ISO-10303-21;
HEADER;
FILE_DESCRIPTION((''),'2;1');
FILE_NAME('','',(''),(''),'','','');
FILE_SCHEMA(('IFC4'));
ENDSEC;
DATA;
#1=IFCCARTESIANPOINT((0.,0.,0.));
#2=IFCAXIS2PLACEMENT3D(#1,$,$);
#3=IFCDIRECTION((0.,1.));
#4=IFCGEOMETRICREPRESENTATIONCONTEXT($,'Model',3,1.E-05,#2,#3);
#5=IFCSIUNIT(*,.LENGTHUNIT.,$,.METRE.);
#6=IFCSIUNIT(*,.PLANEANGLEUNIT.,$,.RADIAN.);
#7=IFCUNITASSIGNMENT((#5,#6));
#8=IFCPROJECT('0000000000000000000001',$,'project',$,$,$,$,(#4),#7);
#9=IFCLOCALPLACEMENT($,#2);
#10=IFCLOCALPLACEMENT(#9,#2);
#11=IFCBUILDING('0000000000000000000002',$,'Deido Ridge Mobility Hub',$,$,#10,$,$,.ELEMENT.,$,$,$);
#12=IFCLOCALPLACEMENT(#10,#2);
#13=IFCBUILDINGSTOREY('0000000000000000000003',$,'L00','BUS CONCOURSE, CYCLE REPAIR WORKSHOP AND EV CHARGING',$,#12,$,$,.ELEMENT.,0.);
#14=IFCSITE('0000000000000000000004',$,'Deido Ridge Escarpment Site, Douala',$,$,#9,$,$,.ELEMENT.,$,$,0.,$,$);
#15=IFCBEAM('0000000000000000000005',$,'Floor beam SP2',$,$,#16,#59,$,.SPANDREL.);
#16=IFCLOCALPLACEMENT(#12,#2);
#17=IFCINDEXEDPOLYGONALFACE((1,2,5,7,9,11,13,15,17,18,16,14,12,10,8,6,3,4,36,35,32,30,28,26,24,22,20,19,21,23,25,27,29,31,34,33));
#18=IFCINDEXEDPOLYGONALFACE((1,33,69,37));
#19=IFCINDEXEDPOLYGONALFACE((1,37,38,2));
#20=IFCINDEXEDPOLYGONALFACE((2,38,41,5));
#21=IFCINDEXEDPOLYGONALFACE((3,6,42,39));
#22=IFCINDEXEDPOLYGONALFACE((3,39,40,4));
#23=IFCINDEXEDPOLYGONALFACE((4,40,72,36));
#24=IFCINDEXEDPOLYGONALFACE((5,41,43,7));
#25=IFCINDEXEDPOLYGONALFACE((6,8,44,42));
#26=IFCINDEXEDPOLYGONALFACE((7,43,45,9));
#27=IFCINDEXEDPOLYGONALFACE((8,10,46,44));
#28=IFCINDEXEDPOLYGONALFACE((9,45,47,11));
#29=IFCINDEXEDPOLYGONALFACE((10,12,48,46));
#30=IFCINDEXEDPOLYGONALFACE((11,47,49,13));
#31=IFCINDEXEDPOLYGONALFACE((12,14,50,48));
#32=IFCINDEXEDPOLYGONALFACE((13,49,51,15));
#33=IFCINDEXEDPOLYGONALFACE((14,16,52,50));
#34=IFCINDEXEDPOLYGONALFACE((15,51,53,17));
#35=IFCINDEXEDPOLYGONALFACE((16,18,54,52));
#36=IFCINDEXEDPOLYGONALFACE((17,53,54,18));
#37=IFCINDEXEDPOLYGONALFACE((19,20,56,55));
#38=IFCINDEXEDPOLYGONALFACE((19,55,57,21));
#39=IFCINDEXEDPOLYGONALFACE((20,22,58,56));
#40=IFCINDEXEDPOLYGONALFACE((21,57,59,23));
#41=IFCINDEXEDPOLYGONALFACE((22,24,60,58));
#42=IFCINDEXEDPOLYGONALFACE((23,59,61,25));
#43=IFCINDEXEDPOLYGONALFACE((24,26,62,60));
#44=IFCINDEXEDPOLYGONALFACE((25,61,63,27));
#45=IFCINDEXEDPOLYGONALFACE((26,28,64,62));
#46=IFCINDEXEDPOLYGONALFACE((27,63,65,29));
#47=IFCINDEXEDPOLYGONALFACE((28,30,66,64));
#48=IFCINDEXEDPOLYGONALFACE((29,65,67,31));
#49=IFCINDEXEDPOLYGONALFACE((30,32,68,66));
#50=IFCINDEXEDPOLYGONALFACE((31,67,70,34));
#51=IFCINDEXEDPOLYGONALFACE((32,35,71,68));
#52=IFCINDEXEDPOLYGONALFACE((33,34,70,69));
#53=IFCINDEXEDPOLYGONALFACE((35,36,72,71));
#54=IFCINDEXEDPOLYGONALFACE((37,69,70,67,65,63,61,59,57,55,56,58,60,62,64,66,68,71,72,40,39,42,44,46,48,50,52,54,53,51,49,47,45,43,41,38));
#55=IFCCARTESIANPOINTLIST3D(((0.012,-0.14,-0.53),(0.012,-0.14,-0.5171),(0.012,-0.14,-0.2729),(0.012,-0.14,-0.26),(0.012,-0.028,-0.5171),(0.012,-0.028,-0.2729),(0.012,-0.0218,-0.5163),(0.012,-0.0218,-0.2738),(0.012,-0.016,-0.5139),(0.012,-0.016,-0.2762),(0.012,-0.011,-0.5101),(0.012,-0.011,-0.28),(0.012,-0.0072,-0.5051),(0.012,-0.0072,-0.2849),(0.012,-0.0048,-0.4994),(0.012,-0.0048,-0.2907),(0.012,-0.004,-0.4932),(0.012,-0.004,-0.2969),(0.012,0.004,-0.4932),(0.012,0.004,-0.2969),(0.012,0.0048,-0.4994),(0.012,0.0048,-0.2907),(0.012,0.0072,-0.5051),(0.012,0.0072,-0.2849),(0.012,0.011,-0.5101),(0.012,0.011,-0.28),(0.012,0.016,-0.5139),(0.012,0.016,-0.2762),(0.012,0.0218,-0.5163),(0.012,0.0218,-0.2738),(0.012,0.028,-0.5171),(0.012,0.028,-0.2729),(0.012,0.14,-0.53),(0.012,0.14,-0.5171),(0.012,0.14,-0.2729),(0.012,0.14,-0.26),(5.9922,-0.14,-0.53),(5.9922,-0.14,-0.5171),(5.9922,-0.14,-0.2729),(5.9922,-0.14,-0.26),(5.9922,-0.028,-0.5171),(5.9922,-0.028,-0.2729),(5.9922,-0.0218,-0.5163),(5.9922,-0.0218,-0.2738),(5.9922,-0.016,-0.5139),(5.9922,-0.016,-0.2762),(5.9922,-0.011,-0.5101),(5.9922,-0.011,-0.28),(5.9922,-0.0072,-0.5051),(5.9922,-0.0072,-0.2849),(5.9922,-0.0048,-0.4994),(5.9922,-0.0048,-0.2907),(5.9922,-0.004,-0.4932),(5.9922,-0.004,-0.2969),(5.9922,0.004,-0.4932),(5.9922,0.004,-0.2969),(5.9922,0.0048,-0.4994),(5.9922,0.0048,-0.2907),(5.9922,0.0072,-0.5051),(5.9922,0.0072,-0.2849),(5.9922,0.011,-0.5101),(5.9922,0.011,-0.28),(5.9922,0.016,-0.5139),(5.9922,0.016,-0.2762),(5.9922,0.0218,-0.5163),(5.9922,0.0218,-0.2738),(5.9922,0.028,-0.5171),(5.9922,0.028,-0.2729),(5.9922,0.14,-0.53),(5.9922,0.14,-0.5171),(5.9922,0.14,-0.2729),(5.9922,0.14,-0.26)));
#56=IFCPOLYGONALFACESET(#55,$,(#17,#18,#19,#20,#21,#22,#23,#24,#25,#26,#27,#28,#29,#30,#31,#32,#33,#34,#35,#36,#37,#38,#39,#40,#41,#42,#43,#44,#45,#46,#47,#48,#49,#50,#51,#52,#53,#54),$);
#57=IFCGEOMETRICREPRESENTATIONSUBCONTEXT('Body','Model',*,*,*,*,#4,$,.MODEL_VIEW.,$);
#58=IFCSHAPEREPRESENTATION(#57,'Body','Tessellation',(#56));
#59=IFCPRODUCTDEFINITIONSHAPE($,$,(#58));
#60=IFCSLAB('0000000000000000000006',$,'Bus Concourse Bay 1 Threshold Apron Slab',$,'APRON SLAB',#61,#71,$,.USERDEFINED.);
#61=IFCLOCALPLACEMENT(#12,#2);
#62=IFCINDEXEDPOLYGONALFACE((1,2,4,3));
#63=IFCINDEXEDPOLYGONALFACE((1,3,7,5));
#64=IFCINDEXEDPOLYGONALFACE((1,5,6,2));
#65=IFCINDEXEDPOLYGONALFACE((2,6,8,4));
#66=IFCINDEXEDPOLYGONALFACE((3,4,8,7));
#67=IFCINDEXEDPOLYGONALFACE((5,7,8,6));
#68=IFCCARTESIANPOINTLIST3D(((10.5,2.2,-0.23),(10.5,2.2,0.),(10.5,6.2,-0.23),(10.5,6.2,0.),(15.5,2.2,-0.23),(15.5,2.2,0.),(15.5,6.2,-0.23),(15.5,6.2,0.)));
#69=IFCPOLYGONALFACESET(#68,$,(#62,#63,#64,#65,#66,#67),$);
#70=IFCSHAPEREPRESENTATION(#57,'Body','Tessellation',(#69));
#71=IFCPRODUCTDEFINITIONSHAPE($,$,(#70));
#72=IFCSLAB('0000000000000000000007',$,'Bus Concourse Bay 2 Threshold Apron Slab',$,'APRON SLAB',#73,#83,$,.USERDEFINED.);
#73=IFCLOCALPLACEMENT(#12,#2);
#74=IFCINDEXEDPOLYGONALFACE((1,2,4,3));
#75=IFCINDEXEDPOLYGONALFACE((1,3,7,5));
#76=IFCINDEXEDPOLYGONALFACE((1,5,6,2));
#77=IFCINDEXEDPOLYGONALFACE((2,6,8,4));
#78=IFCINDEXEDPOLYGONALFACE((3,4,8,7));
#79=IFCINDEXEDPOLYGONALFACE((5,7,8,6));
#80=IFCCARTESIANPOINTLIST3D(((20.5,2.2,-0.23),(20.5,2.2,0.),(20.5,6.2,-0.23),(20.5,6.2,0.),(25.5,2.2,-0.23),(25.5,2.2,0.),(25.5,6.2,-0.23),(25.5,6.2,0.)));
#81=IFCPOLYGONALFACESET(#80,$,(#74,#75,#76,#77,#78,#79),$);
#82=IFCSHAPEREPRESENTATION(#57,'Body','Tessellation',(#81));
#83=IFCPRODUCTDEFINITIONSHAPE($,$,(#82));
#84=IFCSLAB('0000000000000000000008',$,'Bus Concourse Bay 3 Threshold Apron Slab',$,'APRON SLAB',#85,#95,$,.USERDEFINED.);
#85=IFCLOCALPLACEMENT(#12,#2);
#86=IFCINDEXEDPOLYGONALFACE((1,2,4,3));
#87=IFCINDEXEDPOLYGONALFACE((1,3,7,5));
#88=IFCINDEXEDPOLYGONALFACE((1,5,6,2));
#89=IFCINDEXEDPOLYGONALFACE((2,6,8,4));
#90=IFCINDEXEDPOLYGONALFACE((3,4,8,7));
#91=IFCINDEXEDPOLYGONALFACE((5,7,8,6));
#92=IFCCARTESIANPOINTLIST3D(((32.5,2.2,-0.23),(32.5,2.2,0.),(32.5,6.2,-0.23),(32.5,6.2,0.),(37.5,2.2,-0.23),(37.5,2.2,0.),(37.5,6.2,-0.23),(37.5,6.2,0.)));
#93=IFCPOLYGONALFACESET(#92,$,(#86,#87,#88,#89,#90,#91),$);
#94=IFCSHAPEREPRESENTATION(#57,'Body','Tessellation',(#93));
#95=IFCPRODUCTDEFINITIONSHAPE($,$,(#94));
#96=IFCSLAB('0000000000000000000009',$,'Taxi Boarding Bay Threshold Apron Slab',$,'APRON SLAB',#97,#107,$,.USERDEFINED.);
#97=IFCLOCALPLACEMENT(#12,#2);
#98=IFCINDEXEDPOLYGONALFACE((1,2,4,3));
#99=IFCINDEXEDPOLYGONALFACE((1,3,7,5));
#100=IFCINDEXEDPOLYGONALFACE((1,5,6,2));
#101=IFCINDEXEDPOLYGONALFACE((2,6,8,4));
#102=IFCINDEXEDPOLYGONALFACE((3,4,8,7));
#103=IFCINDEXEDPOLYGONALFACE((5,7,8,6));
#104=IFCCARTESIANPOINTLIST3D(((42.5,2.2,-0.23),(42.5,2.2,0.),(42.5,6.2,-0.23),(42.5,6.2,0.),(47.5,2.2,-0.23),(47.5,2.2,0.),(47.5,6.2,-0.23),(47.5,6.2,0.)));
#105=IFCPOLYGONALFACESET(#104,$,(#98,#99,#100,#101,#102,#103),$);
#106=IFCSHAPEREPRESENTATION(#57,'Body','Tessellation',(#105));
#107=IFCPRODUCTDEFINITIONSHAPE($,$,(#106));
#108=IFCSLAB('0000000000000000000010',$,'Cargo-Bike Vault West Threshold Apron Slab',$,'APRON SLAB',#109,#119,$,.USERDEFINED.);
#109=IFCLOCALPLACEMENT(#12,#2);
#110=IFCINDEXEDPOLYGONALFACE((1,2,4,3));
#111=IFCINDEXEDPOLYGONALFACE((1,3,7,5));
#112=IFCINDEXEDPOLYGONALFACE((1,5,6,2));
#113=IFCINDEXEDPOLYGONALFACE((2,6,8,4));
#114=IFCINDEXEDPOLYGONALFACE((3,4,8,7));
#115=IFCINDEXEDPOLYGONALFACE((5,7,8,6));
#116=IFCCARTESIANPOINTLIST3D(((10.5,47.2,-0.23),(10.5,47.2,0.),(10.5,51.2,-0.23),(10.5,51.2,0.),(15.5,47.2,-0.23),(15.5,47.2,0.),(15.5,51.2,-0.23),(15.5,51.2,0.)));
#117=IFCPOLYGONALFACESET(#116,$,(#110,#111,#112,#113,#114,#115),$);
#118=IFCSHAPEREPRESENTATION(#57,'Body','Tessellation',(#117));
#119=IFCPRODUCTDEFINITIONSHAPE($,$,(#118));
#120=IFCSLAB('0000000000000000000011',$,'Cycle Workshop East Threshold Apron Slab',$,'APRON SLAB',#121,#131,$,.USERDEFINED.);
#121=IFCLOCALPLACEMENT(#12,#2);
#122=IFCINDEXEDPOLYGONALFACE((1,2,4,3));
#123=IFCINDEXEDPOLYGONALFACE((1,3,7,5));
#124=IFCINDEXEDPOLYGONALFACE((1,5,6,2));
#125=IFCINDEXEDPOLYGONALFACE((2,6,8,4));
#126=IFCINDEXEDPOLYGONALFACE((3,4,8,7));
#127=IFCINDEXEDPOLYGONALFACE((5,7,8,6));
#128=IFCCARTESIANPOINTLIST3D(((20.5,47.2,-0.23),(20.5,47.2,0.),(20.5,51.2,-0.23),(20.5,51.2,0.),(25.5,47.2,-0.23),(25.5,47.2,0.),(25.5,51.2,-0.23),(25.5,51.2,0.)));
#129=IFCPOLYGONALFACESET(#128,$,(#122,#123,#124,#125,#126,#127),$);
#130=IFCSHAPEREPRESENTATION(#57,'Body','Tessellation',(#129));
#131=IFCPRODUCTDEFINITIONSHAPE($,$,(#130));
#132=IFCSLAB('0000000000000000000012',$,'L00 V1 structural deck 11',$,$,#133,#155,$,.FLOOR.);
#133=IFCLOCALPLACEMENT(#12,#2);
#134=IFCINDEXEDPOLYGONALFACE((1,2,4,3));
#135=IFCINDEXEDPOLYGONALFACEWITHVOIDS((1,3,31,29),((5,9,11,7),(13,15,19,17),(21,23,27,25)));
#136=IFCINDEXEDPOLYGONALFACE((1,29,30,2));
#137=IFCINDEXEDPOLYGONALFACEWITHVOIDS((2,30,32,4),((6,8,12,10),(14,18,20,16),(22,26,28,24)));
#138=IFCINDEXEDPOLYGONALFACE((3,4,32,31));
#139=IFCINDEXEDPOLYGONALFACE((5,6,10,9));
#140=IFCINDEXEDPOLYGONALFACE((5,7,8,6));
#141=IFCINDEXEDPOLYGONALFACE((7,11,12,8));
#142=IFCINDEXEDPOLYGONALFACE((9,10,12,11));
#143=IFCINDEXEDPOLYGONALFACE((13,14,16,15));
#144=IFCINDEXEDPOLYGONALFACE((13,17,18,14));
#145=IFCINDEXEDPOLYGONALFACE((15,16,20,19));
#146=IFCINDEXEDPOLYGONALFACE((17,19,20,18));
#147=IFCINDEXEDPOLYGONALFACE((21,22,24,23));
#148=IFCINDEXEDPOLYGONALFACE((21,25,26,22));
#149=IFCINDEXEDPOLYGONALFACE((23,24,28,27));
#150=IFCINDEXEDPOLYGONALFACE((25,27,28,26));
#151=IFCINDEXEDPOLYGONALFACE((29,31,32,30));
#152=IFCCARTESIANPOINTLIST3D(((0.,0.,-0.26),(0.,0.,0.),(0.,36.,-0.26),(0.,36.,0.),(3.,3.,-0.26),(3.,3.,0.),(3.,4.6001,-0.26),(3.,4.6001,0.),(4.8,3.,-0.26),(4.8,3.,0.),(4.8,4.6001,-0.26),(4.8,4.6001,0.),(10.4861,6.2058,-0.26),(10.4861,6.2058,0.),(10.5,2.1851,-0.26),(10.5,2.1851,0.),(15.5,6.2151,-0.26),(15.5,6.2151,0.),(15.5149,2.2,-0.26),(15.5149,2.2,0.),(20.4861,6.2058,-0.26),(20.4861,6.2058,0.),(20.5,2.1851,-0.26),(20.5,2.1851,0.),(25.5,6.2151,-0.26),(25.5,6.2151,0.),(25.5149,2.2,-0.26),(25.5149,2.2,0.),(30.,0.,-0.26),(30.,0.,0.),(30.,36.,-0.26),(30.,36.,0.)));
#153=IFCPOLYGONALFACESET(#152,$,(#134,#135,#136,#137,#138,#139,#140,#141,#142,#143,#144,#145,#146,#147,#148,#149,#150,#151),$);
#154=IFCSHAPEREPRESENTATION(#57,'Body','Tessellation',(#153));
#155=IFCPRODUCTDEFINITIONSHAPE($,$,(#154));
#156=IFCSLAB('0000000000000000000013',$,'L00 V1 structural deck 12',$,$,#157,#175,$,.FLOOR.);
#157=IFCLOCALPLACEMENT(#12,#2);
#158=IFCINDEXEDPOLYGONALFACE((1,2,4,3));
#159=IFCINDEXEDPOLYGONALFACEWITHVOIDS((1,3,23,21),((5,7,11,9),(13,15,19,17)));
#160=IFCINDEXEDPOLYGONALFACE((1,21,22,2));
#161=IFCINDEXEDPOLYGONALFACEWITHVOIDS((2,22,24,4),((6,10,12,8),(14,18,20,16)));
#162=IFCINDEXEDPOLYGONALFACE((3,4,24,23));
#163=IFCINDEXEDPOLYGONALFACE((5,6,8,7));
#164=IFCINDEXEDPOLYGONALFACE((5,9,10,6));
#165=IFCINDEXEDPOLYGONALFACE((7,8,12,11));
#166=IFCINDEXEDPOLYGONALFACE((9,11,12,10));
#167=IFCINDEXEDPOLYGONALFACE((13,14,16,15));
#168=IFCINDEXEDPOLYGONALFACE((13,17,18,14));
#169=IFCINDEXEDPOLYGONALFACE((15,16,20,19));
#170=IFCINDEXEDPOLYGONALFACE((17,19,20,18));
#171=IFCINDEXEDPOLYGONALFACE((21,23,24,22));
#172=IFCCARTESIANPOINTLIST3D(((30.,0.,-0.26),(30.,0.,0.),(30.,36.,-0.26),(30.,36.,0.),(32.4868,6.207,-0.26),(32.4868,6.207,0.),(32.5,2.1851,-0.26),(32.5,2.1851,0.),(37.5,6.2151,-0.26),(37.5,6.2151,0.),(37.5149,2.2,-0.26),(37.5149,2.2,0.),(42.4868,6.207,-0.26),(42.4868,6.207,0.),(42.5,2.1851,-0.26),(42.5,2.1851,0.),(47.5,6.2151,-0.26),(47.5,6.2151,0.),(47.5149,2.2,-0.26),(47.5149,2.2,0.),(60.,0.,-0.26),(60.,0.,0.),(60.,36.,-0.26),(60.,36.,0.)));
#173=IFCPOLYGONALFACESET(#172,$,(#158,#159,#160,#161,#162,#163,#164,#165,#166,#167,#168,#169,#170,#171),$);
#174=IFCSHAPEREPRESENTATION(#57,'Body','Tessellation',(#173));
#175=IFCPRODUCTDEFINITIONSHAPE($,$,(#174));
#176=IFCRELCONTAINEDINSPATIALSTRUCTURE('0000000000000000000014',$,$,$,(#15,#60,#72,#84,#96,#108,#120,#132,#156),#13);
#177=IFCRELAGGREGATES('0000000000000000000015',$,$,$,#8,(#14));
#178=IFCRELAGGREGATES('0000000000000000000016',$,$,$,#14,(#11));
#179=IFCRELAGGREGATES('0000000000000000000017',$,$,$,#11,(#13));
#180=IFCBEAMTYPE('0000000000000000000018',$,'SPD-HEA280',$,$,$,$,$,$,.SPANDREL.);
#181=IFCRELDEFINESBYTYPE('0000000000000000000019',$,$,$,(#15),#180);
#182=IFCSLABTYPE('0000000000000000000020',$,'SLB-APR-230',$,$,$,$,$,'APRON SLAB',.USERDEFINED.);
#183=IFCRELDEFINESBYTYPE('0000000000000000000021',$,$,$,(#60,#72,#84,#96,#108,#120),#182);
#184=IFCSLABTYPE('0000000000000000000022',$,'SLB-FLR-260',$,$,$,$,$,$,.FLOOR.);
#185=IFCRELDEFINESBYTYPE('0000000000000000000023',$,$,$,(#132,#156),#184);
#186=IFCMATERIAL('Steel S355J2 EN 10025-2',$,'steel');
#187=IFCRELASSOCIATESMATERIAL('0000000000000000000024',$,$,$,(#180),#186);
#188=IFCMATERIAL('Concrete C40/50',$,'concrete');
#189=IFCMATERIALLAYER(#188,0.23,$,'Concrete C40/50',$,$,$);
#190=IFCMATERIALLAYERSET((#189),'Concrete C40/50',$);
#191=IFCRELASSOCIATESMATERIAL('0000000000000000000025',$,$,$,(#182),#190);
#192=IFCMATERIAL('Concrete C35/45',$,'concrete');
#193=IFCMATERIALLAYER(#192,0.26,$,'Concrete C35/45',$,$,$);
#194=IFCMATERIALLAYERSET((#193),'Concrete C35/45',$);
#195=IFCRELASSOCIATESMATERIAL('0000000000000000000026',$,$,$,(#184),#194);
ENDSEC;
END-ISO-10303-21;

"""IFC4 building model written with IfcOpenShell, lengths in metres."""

from ifc_helpers import new_model, si_unit, direction, frame, origin, origin_2d, place, context, subcontext, project, spatial, polyline, i_section, outline, extrude, material, layer, layer_set, material_profile, profile_set, type_object, element, save


model = new_model("IFC4")

# Units and contexts
model_context = context("Model", 3, precision=1e-05, world=origin(), true_north=direction((0.0, 1.0)))
body_context = subcontext(model_context, "Body", "Model", "MODEL_VIEW")
ifc_project = project(units=[si_unit("LENGTHUNIT", "METRE"), si_unit("PLANEANGLEUNIT", "RADIAN")], contexts=[model_context])

# Site, building, storey
site_placement = place(None, origin())
site = spatial("IfcSite", under=ifc_project, at=site_placement, Name="Deido Ridge Escarpment Site, Douala", CompositionType="ELEMENT", RefElevation=0.0)
building_placement = place(site_placement, origin())
building = spatial("IfcBuilding", under=site, at=building_placement, Name="Deido Ridge Mobility Hub", CompositionType="ELEMENT")
storey_placement = place(building_placement, origin())
storey = spatial("IfcBuildingStorey", under=building, at=storey_placement, Name="L00", Description="BUS CONCOURSE, CYCLE REPAIR WORKSHOP AND EV CHARGING", CompositionType="ELEMENT", Elevation=0.0)

# Shared definitions
ifc_material_1 = material(Name="Steel S355J2 EN 10025-2", Category="steel")

# Beam
ifc_material_profile_1 = material_profile(ifc_material_1, i_section(OverallWidth=0.28, OverallDepth=0.27, WebThickness=0.0081, FlangeThickness=0.0129, FilletRadius=0.0239, at=origin_2d()), Name="HEA 280")
ifc_profile_set_1 = profile_set([ifc_material_profile_1], Name="Steel S355J2 EN 10025-2")
beam_type_1 = type_object("IfcBeamType", Name="SPD-HEA280", PredefinedType="SPANDREL", material=ifc_profile_set_1)
beam_1_placement = place(storey_placement, frame((0.012, 0.0, -0.395), z_axis=(1.0, 0.0, 0.0), x_axis=(0.0, 1.0, 0.0)))
element("IfcBeam", 1, at=beam_1_placement, inside=storey, type_object=beam_type_1, Name="Floor beam SP2", PredefinedType="SPANDREL", context=body_context, shape_type="SweptSolid", body=[
    extrude(i_section(OverallWidth=0.28, OverallDepth=0.27, WebThickness=0.0081, FlangeThickness=0.0129, FilletRadius=0.0239, at=origin_2d()), origin(), (0.0, 0.0, 1.0), 5.9802),
])

# Slabs
ifc_material_2 = material(Name="Concrete C40/50", Category="concrete")
ifc_layer_1 = layer(ifc_material_2, 0.23, Name="Concrete C40/50")
ifc_layer_set_1 = layer_set([ifc_layer_1], Name="Concrete C40/50")
slab_type_1 = type_object("IfcSlabType", Name="SLB-APR-230", ElementType="APRON SLAB", PredefinedType="USERDEFINED", material=ifc_layer_set_1)
slab_1_placement = place(storey_placement, frame((0.0, 0.0, -0.23)))
element("IfcSlab", 2, at=slab_1_placement, inside=storey, type_object=slab_type_1, Name="Bus Concourse Bay 1 Threshold Apron Slab", ObjectType="APRON SLAB", PredefinedType="USERDEFINED", context=body_context, shape_type="SweptSolid", body=[
    extrude(outline(polyline([(10.5, 2.2), (15.5, 2.2), (15.5, 6.2), (10.5, 6.2), (10.5, 2.2)])), origin(), (0.0, 0.0, 1.0), 0.23),
])
slab_2_placement = place(storey_placement, frame((0.0, 0.0, -0.23)))
element("IfcSlab", 3, at=slab_2_placement, inside=storey, type_object=slab_type_1, Name="Bus Concourse Bay 2 Threshold Apron Slab", ObjectType="APRON SLAB", PredefinedType="USERDEFINED", context=body_context, shape_type="SweptSolid", body=[
    extrude(outline(polyline([(20.5, 2.2), (25.5, 2.2), (25.5, 6.2), (20.5, 6.2), (20.5, 2.2)])), origin(), (0.0, 0.0, 1.0), 0.23),
])
slab_3_placement = place(storey_placement, frame((0.0, 0.0, -0.23)))
element("IfcSlab", 4, at=slab_3_placement, inside=storey, type_object=slab_type_1, Name="Bus Concourse Bay 3 Threshold Apron Slab", ObjectType="APRON SLAB", PredefinedType="USERDEFINED", context=body_context, shape_type="SweptSolid", body=[
    extrude(outline(polyline([(32.5, 2.2), (37.5, 2.2), (37.5, 6.2), (32.5, 6.2), (32.5, 2.2)])), origin(), (0.0, 0.0, 1.0), 0.23),
])
slab_4_placement = place(storey_placement, frame((0.0, 0.0, -0.23)))
element("IfcSlab", 5, at=slab_4_placement, inside=storey, type_object=slab_type_1, Name="Taxi Boarding Bay Threshold Apron Slab", ObjectType="APRON SLAB", PredefinedType="USERDEFINED", context=body_context, shape_type="SweptSolid", body=[
    extrude(outline(polyline([(42.5, 2.2), (47.5, 2.2), (47.5, 6.2), (42.5, 6.2), (42.5, 2.2)])), origin(), (0.0, 0.0, 1.0), 0.23),
])
slab_5_placement = place(storey_placement, frame((0.0, 0.0, -0.23)))
element("IfcSlab", 6, at=slab_5_placement, inside=storey, type_object=slab_type_1, Name="Cargo-Bike Vault West Threshold Apron Slab", ObjectType="APRON SLAB", PredefinedType="USERDEFINED", context=body_context, shape_type="SweptSolid", body=[
    extrude(outline(polyline([(10.5, 47.2), (15.5, 47.2), (15.5, 51.2), (10.5, 51.2), (10.5, 47.2)])), origin(), (0.0, 0.0, 1.0), 0.23),
])
slab_6_placement = place(storey_placement, frame((0.0, 0.0, -0.23)))
element("IfcSlab", 7, at=slab_6_placement, inside=storey, type_object=slab_type_1, Name="Cycle Workshop East Threshold Apron Slab", ObjectType="APRON SLAB", PredefinedType="USERDEFINED", context=body_context, shape_type="SweptSolid", body=[
    extrude(outline(polyline([(20.5, 47.2), (25.5, 47.2), (25.5, 51.2), (20.5, 51.2), (20.5, 47.2)])), origin(), (0.0, 0.0, 1.0), 0.23),
])
ifc_material_3 = material(Name="Concrete C35/45", Category="concrete")
ifc_layer_2 = layer(ifc_material_3, 0.26, Name="Concrete C35/45")
ifc_layer_set_2 = layer_set([ifc_layer_2], Name="Concrete C35/45")
slab_type_2 = type_object("IfcSlabType", Name="SLB-FLR-260", PredefinedType="FLOOR", material=ifc_layer_set_2)
slab_7_placement = place(storey_placement, frame((0.0, 0.0, -0.26)))
element("IfcSlab", 8, at=slab_7_placement, inside=storey, type_object=slab_type_2, Name="L00 V1 structural deck 11", PredefinedType="FLOOR", context=body_context, shape_type="SweptSolid", body=[
    extrude(outline(polyline([(0.0, 36.0), (30.0, 36.0), (30.0, 0.0), (0.0, 0.0), (0.0, 36.0)]), holes=[polyline([(3.0, 3.0), (3.0, 4.6001), (4.8, 4.6001), (4.8, 3.0), (3.0, 3.0)]), polyline([(10.4861, 6.2058), (15.5, 6.2151), (15.5149, 2.2), (10.5, 2.1851), (10.4861, 6.2058)]), polyline([(20.4861, 6.2058), (25.5, 6.2151), (25.5149, 2.2), (20.5, 2.1851), (20.4861, 6.2058)])]), origin(), (0.0, 0.0, 1.0), 0.26),
])
slab_8_placement = place(storey_placement, frame((0.0, 0.0, -0.26)))
element("IfcSlab", 9, at=slab_8_placement, inside=storey, type_object=slab_type_2, Name="L00 V1 structural deck 12", PredefinedType="FLOOR", context=body_context, shape_type="SweptSolid", body=[
    extrude(outline(polyline([(30.0, 36.0), (60.0, 36.0), (60.0, 0.0), (30.0, 0.0), (30.0, 36.0)]), holes=[polyline([(32.4868, 6.207), (37.5, 6.2151), (37.5149, 2.2), (32.5, 2.1851), (32.4868, 6.207)]), polyline([(42.4868, 6.207), (47.5, 6.2151), (47.5149, 2.2), (42.5, 2.1851), (42.4868, 6.207)])]), origin(), (0.0, 0.0, 1.0), 0.26),
])

save(model, "model.ifc")
